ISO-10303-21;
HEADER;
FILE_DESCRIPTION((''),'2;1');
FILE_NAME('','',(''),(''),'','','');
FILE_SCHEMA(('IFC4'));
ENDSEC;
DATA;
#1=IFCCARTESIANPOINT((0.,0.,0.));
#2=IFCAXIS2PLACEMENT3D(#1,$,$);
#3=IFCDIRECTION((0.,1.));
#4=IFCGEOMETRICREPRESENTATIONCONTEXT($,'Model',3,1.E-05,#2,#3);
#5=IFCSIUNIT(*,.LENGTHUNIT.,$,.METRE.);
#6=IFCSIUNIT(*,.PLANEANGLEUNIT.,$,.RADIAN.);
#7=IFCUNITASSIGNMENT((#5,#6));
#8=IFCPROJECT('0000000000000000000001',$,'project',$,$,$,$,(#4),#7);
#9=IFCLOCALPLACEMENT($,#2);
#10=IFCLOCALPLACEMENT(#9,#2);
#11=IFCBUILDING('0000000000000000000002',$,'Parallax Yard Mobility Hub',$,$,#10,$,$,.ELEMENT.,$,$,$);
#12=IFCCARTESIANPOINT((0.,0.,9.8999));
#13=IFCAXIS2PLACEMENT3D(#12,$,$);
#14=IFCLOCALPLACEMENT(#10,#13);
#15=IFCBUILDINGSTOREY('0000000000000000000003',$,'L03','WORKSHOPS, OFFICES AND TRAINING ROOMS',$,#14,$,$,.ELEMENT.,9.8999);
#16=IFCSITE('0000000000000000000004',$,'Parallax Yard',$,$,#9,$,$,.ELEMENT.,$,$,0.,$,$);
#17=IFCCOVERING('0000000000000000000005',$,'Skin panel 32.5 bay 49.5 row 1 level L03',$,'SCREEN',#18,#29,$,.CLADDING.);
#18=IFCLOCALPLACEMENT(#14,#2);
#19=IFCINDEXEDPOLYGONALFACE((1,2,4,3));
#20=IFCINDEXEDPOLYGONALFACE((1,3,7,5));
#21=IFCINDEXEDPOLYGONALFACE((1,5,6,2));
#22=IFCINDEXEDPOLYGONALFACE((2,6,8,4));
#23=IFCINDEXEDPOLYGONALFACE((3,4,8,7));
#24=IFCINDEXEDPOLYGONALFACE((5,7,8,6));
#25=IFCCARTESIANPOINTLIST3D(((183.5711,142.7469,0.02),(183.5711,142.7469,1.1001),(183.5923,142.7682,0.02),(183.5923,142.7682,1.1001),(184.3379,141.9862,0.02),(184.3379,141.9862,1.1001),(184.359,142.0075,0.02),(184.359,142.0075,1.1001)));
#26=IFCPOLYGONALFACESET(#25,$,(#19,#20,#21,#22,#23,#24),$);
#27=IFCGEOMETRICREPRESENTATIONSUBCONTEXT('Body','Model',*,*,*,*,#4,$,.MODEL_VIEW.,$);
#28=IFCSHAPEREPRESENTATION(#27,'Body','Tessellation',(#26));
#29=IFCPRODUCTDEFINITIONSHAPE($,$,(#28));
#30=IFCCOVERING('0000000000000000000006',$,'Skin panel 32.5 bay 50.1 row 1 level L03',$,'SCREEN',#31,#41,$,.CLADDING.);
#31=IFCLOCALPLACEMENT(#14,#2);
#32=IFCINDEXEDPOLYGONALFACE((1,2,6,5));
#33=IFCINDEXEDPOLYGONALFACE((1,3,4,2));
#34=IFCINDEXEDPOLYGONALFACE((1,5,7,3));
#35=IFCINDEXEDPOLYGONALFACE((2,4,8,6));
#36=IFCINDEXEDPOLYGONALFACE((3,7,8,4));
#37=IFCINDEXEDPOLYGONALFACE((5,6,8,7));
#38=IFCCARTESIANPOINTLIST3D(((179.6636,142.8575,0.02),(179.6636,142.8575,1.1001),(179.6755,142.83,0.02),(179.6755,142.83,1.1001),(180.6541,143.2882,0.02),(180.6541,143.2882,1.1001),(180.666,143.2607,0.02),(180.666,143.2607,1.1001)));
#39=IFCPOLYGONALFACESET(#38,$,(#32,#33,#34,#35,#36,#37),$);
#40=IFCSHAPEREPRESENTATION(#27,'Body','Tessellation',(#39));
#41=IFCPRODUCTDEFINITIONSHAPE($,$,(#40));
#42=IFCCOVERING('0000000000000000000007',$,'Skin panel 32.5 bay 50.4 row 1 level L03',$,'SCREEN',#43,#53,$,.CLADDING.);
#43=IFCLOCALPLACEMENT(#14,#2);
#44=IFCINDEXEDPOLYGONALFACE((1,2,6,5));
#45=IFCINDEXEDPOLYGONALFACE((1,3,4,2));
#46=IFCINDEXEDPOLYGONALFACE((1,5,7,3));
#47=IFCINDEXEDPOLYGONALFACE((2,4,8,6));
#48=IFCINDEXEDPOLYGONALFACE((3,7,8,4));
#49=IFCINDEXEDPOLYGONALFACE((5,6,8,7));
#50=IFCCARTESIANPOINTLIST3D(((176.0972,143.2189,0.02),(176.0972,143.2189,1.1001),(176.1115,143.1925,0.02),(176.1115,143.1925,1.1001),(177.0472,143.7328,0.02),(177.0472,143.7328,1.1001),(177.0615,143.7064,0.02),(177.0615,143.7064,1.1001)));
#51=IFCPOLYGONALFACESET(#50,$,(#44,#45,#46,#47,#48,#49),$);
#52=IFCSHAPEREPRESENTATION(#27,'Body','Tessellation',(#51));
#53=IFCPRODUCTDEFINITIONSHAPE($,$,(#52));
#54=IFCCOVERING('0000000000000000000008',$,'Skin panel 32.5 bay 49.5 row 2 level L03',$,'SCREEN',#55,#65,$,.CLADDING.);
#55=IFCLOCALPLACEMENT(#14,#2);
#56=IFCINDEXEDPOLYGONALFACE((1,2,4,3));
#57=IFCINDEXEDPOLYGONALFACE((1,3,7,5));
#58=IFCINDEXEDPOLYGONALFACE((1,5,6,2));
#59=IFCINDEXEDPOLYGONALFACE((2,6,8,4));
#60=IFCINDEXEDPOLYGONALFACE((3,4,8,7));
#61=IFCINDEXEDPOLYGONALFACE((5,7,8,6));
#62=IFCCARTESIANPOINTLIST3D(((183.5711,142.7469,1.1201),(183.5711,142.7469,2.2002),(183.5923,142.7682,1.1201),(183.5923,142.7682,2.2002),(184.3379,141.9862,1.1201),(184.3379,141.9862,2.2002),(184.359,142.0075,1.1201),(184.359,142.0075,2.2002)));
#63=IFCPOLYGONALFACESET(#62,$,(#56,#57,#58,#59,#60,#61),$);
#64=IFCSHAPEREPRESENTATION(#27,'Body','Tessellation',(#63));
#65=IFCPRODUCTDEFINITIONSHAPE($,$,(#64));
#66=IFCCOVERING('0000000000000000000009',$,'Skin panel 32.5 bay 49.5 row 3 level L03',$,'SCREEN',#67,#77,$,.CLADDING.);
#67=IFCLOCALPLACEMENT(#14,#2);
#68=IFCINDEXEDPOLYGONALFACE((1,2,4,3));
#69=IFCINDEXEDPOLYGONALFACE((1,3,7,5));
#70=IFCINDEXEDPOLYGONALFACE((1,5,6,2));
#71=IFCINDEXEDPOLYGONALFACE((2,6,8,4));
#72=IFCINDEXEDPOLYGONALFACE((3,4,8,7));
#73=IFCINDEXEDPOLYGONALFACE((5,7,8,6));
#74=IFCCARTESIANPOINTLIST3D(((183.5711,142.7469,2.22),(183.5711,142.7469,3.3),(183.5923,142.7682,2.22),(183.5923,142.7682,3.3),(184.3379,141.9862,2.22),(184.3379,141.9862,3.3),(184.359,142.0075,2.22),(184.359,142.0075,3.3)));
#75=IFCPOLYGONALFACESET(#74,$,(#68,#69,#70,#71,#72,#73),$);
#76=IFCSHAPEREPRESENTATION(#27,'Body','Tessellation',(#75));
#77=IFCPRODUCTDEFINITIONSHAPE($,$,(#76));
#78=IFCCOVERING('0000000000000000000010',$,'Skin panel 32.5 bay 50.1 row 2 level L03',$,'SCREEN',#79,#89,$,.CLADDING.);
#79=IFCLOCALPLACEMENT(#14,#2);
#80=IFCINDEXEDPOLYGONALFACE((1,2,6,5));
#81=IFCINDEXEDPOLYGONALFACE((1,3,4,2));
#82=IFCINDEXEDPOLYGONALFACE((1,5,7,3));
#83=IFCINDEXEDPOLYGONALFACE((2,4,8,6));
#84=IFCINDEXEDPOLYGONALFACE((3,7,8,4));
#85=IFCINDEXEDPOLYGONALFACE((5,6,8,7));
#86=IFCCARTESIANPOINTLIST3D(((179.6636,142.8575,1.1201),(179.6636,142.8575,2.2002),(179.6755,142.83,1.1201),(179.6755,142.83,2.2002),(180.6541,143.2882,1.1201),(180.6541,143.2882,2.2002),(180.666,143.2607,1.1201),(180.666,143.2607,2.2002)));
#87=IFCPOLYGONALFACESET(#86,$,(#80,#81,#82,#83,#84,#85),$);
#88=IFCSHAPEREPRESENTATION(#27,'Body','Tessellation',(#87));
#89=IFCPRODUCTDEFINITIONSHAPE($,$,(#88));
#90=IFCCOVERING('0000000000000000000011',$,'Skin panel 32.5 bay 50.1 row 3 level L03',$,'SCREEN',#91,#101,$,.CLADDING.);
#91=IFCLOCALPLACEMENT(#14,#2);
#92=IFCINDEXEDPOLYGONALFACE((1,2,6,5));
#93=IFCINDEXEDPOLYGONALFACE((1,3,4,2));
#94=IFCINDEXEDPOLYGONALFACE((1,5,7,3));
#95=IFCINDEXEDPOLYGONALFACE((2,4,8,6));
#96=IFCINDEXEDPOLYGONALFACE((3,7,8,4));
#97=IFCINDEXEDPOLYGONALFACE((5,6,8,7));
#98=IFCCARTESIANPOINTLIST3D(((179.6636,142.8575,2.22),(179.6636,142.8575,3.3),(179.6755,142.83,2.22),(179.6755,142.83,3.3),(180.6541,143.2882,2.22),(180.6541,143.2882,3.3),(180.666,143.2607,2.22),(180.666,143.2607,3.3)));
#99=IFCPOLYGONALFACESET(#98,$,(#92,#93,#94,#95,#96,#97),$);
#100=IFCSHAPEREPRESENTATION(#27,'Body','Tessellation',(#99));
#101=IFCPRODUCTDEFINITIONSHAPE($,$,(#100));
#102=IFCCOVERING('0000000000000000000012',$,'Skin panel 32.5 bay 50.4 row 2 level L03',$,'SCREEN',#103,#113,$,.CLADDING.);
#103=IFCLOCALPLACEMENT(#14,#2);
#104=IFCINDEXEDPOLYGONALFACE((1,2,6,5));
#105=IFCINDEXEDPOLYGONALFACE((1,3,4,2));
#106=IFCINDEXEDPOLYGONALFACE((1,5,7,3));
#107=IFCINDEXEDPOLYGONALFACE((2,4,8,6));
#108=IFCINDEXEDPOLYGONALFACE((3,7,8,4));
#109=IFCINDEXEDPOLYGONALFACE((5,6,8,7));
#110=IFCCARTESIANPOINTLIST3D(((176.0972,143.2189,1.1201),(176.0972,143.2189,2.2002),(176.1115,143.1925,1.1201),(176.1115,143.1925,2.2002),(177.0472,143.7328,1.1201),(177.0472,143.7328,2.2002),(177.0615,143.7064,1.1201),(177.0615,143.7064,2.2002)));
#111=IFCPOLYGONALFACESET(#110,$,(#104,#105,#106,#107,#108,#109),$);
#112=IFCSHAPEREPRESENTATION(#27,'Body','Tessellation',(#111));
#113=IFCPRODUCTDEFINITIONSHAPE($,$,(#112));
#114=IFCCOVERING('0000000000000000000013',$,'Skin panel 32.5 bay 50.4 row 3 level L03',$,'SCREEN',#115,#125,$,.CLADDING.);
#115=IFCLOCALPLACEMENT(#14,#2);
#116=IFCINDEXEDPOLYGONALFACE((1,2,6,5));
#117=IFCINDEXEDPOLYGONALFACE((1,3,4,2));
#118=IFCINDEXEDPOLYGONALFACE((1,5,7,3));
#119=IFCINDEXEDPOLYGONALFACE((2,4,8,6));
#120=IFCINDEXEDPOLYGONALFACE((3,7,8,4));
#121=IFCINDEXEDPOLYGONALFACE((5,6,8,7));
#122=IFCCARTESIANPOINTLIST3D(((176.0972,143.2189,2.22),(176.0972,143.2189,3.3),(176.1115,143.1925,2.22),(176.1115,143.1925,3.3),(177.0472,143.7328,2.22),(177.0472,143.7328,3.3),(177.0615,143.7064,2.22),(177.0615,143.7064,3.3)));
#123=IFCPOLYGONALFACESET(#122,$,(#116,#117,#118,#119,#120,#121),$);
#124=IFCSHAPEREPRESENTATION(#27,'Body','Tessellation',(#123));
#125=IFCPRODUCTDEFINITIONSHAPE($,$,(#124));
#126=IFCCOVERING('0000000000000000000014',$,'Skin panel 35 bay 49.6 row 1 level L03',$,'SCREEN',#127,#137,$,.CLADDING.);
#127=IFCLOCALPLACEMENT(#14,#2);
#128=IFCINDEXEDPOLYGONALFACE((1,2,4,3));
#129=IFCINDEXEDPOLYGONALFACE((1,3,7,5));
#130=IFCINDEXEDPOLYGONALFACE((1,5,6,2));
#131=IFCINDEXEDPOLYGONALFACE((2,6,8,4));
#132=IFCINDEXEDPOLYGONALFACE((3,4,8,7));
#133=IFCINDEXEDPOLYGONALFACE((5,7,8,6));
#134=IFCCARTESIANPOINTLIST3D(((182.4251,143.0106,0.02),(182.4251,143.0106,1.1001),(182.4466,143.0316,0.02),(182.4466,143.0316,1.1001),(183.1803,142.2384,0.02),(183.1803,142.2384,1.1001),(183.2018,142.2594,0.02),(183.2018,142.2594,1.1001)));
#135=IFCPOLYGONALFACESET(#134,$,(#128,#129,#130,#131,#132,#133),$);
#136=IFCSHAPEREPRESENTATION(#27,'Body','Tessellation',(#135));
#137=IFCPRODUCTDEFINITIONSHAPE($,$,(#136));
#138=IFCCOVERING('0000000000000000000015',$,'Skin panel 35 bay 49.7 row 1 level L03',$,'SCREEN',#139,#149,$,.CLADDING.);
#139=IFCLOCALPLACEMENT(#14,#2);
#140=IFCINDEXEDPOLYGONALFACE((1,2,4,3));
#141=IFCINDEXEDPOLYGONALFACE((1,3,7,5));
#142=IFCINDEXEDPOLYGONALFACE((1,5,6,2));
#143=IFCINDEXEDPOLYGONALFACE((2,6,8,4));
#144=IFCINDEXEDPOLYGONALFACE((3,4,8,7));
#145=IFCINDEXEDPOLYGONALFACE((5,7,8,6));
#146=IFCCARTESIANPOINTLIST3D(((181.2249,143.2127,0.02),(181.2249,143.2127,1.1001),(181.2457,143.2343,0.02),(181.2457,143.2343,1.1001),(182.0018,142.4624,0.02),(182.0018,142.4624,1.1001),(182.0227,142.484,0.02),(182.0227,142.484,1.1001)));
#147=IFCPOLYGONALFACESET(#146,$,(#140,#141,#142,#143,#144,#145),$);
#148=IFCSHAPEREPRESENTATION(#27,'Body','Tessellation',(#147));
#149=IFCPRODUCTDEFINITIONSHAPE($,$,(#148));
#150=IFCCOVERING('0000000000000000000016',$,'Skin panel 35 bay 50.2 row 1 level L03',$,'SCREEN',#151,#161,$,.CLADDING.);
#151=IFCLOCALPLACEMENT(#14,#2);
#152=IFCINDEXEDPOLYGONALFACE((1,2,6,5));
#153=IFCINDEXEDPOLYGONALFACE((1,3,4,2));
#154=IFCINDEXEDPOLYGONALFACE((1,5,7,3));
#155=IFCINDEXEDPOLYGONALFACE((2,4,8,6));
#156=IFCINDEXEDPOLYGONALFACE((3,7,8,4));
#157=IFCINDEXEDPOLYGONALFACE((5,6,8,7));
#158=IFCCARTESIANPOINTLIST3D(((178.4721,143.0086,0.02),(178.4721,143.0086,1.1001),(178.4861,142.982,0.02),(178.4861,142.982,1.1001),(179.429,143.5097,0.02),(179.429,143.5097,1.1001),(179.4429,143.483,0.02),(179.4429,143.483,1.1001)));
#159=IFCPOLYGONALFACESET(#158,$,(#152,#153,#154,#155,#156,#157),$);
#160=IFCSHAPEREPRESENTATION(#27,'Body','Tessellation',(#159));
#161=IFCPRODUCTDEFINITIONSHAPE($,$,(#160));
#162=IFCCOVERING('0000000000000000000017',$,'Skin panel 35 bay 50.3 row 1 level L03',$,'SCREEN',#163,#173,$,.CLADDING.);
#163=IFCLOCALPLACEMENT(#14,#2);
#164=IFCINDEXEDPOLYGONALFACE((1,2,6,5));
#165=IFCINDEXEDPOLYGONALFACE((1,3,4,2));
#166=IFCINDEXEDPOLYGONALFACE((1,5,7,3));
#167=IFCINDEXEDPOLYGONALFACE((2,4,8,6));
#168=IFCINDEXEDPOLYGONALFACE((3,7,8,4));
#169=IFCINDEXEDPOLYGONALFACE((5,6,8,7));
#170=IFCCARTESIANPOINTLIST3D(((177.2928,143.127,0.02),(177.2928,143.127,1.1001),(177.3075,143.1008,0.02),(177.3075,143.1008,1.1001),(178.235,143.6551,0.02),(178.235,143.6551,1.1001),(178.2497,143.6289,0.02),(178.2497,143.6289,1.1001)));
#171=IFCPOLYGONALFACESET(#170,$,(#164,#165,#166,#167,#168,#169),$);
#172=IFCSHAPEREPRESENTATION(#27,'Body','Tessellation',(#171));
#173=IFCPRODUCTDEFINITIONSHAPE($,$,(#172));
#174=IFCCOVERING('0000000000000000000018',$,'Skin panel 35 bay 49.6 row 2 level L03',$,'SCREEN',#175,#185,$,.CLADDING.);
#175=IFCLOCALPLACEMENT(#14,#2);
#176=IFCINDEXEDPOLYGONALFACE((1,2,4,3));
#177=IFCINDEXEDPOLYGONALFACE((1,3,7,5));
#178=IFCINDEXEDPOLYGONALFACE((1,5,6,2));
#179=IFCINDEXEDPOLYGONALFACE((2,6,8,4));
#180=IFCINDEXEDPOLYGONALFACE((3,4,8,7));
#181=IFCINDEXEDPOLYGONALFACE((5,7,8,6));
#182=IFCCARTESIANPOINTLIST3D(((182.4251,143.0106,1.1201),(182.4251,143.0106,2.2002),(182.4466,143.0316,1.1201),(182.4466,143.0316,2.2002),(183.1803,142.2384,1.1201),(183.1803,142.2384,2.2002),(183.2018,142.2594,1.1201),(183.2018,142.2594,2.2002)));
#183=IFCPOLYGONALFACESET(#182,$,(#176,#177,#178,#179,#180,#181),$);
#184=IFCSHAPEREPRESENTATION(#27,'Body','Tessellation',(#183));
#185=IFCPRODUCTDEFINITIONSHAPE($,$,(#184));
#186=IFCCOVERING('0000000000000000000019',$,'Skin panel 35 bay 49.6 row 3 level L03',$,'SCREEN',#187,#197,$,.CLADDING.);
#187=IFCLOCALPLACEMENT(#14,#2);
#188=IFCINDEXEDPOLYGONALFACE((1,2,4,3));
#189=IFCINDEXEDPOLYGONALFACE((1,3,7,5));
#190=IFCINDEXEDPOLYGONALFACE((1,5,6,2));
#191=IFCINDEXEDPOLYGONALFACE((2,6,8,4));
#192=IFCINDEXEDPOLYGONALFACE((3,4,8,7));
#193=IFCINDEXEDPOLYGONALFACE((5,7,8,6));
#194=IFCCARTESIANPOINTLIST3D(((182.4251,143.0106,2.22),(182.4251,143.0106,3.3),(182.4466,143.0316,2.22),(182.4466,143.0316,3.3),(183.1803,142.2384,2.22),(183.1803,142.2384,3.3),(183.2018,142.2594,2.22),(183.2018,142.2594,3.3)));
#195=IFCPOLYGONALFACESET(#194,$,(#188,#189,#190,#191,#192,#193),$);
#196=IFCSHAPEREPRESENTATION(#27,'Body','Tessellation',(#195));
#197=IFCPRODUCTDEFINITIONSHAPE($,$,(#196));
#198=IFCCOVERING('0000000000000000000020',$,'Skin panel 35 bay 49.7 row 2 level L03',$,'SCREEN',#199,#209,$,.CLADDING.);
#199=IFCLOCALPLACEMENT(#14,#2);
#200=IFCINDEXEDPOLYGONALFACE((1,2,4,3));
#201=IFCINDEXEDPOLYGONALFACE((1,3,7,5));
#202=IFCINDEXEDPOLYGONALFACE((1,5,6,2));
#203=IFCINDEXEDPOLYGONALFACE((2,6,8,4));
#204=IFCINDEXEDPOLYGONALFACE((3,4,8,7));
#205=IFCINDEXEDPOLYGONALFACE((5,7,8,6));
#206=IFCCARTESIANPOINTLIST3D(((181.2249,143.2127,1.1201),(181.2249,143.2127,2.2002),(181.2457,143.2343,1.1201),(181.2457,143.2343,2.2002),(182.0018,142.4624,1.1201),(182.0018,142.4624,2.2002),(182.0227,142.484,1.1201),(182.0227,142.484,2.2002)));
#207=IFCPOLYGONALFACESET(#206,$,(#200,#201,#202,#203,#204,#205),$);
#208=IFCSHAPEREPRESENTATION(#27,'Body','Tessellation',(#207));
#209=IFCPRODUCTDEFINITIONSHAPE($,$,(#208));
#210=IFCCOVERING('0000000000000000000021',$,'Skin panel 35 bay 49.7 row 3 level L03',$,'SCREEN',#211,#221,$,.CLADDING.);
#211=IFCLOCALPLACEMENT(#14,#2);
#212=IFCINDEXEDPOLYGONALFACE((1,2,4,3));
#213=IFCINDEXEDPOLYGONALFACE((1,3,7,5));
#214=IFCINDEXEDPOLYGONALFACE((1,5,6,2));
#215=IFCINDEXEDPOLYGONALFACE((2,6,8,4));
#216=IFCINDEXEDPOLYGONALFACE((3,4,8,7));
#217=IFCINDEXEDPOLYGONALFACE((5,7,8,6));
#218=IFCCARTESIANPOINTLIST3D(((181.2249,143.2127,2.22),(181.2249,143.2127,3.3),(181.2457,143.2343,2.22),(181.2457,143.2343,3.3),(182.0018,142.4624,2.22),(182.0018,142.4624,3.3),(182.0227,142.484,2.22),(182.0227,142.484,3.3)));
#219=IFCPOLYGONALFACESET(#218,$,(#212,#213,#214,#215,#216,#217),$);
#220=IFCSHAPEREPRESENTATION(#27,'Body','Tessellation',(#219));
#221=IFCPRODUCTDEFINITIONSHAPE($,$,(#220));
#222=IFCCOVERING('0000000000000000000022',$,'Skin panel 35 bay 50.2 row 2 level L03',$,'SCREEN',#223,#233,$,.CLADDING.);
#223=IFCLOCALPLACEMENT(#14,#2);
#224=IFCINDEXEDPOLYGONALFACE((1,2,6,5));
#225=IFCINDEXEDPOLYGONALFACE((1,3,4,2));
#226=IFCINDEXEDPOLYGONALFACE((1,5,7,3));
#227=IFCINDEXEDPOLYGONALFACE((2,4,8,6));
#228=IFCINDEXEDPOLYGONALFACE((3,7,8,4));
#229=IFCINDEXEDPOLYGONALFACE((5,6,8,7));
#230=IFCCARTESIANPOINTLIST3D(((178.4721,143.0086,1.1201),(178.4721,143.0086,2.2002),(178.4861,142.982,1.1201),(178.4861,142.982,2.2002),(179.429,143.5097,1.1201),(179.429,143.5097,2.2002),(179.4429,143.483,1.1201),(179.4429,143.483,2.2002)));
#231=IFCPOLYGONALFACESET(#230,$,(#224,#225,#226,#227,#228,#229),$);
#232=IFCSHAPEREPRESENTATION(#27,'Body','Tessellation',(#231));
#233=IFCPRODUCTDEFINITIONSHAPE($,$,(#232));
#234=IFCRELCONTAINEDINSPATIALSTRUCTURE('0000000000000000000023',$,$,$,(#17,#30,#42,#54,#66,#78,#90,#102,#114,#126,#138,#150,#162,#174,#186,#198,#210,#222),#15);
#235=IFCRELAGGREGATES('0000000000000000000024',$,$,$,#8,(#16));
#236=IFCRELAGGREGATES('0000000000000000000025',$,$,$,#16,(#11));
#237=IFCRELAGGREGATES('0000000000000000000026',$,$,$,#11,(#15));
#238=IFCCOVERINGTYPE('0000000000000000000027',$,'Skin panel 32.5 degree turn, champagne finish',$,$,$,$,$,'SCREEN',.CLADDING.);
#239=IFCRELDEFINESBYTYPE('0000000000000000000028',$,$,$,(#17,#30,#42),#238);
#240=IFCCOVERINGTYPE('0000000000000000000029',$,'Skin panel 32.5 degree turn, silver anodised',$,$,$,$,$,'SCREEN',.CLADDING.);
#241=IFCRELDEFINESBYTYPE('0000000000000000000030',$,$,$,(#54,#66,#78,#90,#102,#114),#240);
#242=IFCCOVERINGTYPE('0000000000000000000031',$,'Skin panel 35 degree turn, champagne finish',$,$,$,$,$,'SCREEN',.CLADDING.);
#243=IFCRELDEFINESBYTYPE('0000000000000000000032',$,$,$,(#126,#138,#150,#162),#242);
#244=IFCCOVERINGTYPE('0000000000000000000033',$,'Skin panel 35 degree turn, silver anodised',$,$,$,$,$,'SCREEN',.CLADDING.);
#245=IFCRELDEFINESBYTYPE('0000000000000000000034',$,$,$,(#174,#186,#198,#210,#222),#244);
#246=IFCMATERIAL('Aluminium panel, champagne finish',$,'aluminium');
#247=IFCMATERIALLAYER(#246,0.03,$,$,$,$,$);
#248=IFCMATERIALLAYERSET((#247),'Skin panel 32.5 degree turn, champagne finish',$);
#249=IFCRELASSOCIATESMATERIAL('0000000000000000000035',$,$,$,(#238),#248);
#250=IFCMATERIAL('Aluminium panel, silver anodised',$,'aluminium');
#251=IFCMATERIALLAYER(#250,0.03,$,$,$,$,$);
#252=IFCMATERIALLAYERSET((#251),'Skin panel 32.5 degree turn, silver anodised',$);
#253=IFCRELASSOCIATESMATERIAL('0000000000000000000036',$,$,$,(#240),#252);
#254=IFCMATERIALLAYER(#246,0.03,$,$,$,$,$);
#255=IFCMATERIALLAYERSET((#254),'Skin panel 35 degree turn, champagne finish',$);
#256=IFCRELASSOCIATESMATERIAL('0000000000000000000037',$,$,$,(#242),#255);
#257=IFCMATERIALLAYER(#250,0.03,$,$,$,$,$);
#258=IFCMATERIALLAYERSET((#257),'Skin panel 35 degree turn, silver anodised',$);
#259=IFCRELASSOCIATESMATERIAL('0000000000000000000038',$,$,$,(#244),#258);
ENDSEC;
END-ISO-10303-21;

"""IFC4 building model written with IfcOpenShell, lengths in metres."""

from ifc_helpers import new_model, si_unit, direction, frame, origin, origin_2d, place, context, subcontext, project, spatial, rectangle, extrude, material, layer, layer_set, type_object, element, save


model = new_model("IFC4")

# Units and contexts
model_context = context("Model", 3, precision=1e-05, world=origin(), true_north=direction((0.0, 1.0)))
body_context = subcontext(model_context, "Body", "Model", "MODEL_VIEW")
ifc_project = project(units=[si_unit("LENGTHUNIT", "METRE"), si_unit("PLANEANGLEUNIT", "RADIAN")], contexts=[model_context])

# Site, building, storey
site_placement = place(None, origin())
site = spatial("IfcSite", under=ifc_project, at=site_placement, Name="Parallax Yard", CompositionType="ELEMENT", RefElevation=0.0)
building_placement = place(site_placement, origin())
building = spatial("IfcBuilding", under=site, at=building_placement, Name="Parallax Yard Mobility Hub", CompositionType="ELEMENT")
storey_placement = place(building_placement, frame((0.0, 0.0, 9.8999)))
storey = spatial("IfcBuildingStorey", under=building, at=storey_placement, Name="L03", Description="WORKSHOPS, OFFICES AND TRAINING ROOMS", CompositionType="ELEMENT", Elevation=9.8999)

# Coverings
ifc_material_1 = material(Name="Aluminium panel, champagne finish", Category="aluminium")
ifc_layer_1 = layer(ifc_material_1, 0.03)
ifc_layer_set_1 = layer_set([ifc_layer_1], Name="Skin panel 32.5 degree turn, champagne finish")
covering_type_1 = type_object("IfcCoveringType", Name="Skin panel 32.5 degree turn, champagne finish", ElementType="SCREEN", PredefinedType="CLADDING", material=ifc_layer_set_1)
for number, where, z_axis, x_axis, name in (
    (1, (183.9651, 142.3772, 0.02), (0.0, 0.0, 1.0), (-0.709906, 0.704296, 0.0), "Skin panel 32.5 bay 49.5 row 1 level L03"),
    (2, (180.1648, 143.0591, 0.02), (0.0, 0.0, 1.0), (0.91706, 0.398749, 0.0), "Skin panel 32.5 bay 50.1 row 1 level L03"),
    (3, (176.5793, 143.4626, 0.02), (0.0, 0.0, 1.0), (0.879573, 0.475764, 0.0), "Skin panel 32.5 bay 50.4 row 1 level L03"),
):
    element("IfcCovering", number, at=place(storey_placement, frame(where, z_axis=z_axis, x_axis=x_axis)), inside=storey, type_object=covering_type_1, Name=name, ObjectType="SCREEN", PredefinedType="CLADDING", context=body_context, shape_type="SweptSolid", body=[
        extrude(rectangle(XDim=1.0801, YDim=0.03, at=origin_2d()), origin(), (0.0, 0.0, 1.0), 1.0801),
    ])
ifc_material_2 = material(Name="Aluminium panel, silver anodised", Category="aluminium")
ifc_layer_2 = layer(ifc_material_2, 0.03)
ifc_layer_set_2 = layer_set([ifc_layer_2], Name="Skin panel 32.5 degree turn, silver anodised")
covering_type_2 = type_object("IfcCoveringType", Name="Skin panel 32.5 degree turn, silver anodised", ElementType="SCREEN", PredefinedType="CLADDING", material=ifc_layer_set_2)
for number, where, z_axis, x_axis, name in (
    (4, (183.9651, 142.3772, 1.1201), (0.0, 0.0, 1.0), (-0.709906, 0.704296, 0.0), "Skin panel 32.5 bay 49.5 row 2 level L03"),
    (5, (183.9651, 142.3772, 2.22), (0.0, 0.0, 1.0), (-0.709906, 0.704296, 0.0), "Skin panel 32.5 bay 49.5 row 3 level L03"),
    (6, (180.1648, 143.0591, 1.1201), (0.0, 0.0, 1.0), (0.91706, 0.398749, 0.0), "Skin panel 32.5 bay 50.1 row 2 level L03"),
    (7, (180.1648, 143.0591, 2.22), (0.0, 0.0, 1.0), (0.91706, 0.398749, 0.0), "Skin panel 32.5 bay 50.1 row 3 level L03"),
    (8, (176.5793, 143.4626, 1.1201), (0.0, 0.0, 1.0), (0.879573, 0.475764, 0.0), "Skin panel 32.5 bay 50.4 row 2 level L03"),
    (9, (176.5793, 143.4626, 2.22), (0.0, 0.0, 1.0), (0.879573, 0.475764, 0.0), "Skin panel 32.5 bay 50.4 row 3 level L03"),
):
    element("IfcCovering", number, at=place(storey_placement, frame(where, z_axis=z_axis, x_axis=x_axis)), inside=storey, type_object=covering_type_2, Name=name, ObjectType="SCREEN", PredefinedType="CLADDING", context=body_context, shape_type="SweptSolid", body=[
        extrude(rectangle(XDim=1.0801, YDim=0.03, at=origin_2d()), origin(), (0.0, 0.0, 1.0), 1.0801),
    ])
ifc_layer_3 = layer(ifc_material_1, 0.03)
ifc_layer_set_3 = layer_set([ifc_layer_3], Name="Skin panel 35 degree turn, champagne finish")
covering_type_3 = type_object("IfcCoveringType", Name="Skin panel 35 degree turn, champagne finish", ElementType="SCREEN", PredefinedType="CLADDING", material=ifc_layer_set_3)
for number, where, z_axis, x_axis, name in (
    (10, (182.8135, 142.635, 0.02), (0.0, 0.0, 1.0), (-0.699209, 0.714917, 0.0), "Skin panel 35 bay 49.6 row 1 level L03"),
    (11, (181.6238, 142.8484, 0.02), (0.0, 0.0, 1.0), (-0.71934, 0.694658, 0.0), "Skin panel 35 bay 49.7 row 1 level L03"),
    (12, (178.9575, 143.2458, 0.02), (0.0, 0.0, 1.0), (0.885909, 0.463859, 0.0), "Skin panel 35 bay 50.2 row 1 level L03"),
    (13, (177.7712, 143.3779, 0.02), (0.0, 0.0, 1.0), (0.872302, 0.488967, 0.0), "Skin panel 35 bay 50.3 row 1 level L03"),
):
    element("IfcCovering", number, at=place(storey_placement, frame(where, z_axis=z_axis, x_axis=x_axis)), inside=storey, type_object=covering_type_3, Name=name, ObjectType="SCREEN", PredefinedType="CLADDING", context=body_context, shape_type="SweptSolid", body=[
        extrude(rectangle(XDim=1.0801, YDim=0.03, at=origin_2d()), origin(), (0.0, 0.0, 1.0), 1.0801),
    ])
ifc_layer_4 = layer(ifc_material_2, 0.03)
ifc_layer_set_4 = layer_set([ifc_layer_4], Name="Skin panel 35 degree turn, silver anodised")
covering_type_4 = type_object("IfcCoveringType", Name="Skin panel 35 degree turn, silver anodised", ElementType="SCREEN", PredefinedType="CLADDING", material=ifc_layer_set_4)
for number, where, z_axis, x_axis, name in (
    (14, (182.8135, 142.635, 1.1201), (0.0, 0.0, 1.0), (-0.699209, 0.714917, 0.0), "Skin panel 35 bay 49.6 row 2 level L03"),
    (15, (182.8135, 142.635, 2.22), (0.0, 0.0, 1.0), (-0.699209, 0.714917, 0.0), "Skin panel 35 bay 49.6 row 3 level L03"),
    (16, (181.6238, 142.8484, 1.1201), (0.0, 0.0, 1.0), (-0.71934, 0.694658, 0.0), "Skin panel 35 bay 49.7 row 2 level L03"),
    (17, (181.6238, 142.8484, 2.22), (0.0, 0.0, 1.0), (-0.71934, 0.694658, 0.0), "Skin panel 35 bay 49.7 row 3 level L03"),
    (18, (178.9575, 143.2458, 1.1201), (0.0, 0.0, 1.0), (0.885909, 0.463859, 0.0), "Skin panel 35 bay 50.2 row 2 level L03"),
):
    element("IfcCovering", number, at=place(storey_placement, frame(where, z_axis=z_axis, x_axis=x_axis)), inside=storey, type_object=covering_type_4, Name=name, ObjectType="SCREEN", PredefinedType="CLADDING", context=body_context, shape_type="SweptSolid", body=[
        extrude(rectangle(XDim=1.0801, YDim=0.03, at=origin_2d()), origin(), (0.0, 0.0, 1.0), 1.0801),
    ])

save(model, "model.ifc")
